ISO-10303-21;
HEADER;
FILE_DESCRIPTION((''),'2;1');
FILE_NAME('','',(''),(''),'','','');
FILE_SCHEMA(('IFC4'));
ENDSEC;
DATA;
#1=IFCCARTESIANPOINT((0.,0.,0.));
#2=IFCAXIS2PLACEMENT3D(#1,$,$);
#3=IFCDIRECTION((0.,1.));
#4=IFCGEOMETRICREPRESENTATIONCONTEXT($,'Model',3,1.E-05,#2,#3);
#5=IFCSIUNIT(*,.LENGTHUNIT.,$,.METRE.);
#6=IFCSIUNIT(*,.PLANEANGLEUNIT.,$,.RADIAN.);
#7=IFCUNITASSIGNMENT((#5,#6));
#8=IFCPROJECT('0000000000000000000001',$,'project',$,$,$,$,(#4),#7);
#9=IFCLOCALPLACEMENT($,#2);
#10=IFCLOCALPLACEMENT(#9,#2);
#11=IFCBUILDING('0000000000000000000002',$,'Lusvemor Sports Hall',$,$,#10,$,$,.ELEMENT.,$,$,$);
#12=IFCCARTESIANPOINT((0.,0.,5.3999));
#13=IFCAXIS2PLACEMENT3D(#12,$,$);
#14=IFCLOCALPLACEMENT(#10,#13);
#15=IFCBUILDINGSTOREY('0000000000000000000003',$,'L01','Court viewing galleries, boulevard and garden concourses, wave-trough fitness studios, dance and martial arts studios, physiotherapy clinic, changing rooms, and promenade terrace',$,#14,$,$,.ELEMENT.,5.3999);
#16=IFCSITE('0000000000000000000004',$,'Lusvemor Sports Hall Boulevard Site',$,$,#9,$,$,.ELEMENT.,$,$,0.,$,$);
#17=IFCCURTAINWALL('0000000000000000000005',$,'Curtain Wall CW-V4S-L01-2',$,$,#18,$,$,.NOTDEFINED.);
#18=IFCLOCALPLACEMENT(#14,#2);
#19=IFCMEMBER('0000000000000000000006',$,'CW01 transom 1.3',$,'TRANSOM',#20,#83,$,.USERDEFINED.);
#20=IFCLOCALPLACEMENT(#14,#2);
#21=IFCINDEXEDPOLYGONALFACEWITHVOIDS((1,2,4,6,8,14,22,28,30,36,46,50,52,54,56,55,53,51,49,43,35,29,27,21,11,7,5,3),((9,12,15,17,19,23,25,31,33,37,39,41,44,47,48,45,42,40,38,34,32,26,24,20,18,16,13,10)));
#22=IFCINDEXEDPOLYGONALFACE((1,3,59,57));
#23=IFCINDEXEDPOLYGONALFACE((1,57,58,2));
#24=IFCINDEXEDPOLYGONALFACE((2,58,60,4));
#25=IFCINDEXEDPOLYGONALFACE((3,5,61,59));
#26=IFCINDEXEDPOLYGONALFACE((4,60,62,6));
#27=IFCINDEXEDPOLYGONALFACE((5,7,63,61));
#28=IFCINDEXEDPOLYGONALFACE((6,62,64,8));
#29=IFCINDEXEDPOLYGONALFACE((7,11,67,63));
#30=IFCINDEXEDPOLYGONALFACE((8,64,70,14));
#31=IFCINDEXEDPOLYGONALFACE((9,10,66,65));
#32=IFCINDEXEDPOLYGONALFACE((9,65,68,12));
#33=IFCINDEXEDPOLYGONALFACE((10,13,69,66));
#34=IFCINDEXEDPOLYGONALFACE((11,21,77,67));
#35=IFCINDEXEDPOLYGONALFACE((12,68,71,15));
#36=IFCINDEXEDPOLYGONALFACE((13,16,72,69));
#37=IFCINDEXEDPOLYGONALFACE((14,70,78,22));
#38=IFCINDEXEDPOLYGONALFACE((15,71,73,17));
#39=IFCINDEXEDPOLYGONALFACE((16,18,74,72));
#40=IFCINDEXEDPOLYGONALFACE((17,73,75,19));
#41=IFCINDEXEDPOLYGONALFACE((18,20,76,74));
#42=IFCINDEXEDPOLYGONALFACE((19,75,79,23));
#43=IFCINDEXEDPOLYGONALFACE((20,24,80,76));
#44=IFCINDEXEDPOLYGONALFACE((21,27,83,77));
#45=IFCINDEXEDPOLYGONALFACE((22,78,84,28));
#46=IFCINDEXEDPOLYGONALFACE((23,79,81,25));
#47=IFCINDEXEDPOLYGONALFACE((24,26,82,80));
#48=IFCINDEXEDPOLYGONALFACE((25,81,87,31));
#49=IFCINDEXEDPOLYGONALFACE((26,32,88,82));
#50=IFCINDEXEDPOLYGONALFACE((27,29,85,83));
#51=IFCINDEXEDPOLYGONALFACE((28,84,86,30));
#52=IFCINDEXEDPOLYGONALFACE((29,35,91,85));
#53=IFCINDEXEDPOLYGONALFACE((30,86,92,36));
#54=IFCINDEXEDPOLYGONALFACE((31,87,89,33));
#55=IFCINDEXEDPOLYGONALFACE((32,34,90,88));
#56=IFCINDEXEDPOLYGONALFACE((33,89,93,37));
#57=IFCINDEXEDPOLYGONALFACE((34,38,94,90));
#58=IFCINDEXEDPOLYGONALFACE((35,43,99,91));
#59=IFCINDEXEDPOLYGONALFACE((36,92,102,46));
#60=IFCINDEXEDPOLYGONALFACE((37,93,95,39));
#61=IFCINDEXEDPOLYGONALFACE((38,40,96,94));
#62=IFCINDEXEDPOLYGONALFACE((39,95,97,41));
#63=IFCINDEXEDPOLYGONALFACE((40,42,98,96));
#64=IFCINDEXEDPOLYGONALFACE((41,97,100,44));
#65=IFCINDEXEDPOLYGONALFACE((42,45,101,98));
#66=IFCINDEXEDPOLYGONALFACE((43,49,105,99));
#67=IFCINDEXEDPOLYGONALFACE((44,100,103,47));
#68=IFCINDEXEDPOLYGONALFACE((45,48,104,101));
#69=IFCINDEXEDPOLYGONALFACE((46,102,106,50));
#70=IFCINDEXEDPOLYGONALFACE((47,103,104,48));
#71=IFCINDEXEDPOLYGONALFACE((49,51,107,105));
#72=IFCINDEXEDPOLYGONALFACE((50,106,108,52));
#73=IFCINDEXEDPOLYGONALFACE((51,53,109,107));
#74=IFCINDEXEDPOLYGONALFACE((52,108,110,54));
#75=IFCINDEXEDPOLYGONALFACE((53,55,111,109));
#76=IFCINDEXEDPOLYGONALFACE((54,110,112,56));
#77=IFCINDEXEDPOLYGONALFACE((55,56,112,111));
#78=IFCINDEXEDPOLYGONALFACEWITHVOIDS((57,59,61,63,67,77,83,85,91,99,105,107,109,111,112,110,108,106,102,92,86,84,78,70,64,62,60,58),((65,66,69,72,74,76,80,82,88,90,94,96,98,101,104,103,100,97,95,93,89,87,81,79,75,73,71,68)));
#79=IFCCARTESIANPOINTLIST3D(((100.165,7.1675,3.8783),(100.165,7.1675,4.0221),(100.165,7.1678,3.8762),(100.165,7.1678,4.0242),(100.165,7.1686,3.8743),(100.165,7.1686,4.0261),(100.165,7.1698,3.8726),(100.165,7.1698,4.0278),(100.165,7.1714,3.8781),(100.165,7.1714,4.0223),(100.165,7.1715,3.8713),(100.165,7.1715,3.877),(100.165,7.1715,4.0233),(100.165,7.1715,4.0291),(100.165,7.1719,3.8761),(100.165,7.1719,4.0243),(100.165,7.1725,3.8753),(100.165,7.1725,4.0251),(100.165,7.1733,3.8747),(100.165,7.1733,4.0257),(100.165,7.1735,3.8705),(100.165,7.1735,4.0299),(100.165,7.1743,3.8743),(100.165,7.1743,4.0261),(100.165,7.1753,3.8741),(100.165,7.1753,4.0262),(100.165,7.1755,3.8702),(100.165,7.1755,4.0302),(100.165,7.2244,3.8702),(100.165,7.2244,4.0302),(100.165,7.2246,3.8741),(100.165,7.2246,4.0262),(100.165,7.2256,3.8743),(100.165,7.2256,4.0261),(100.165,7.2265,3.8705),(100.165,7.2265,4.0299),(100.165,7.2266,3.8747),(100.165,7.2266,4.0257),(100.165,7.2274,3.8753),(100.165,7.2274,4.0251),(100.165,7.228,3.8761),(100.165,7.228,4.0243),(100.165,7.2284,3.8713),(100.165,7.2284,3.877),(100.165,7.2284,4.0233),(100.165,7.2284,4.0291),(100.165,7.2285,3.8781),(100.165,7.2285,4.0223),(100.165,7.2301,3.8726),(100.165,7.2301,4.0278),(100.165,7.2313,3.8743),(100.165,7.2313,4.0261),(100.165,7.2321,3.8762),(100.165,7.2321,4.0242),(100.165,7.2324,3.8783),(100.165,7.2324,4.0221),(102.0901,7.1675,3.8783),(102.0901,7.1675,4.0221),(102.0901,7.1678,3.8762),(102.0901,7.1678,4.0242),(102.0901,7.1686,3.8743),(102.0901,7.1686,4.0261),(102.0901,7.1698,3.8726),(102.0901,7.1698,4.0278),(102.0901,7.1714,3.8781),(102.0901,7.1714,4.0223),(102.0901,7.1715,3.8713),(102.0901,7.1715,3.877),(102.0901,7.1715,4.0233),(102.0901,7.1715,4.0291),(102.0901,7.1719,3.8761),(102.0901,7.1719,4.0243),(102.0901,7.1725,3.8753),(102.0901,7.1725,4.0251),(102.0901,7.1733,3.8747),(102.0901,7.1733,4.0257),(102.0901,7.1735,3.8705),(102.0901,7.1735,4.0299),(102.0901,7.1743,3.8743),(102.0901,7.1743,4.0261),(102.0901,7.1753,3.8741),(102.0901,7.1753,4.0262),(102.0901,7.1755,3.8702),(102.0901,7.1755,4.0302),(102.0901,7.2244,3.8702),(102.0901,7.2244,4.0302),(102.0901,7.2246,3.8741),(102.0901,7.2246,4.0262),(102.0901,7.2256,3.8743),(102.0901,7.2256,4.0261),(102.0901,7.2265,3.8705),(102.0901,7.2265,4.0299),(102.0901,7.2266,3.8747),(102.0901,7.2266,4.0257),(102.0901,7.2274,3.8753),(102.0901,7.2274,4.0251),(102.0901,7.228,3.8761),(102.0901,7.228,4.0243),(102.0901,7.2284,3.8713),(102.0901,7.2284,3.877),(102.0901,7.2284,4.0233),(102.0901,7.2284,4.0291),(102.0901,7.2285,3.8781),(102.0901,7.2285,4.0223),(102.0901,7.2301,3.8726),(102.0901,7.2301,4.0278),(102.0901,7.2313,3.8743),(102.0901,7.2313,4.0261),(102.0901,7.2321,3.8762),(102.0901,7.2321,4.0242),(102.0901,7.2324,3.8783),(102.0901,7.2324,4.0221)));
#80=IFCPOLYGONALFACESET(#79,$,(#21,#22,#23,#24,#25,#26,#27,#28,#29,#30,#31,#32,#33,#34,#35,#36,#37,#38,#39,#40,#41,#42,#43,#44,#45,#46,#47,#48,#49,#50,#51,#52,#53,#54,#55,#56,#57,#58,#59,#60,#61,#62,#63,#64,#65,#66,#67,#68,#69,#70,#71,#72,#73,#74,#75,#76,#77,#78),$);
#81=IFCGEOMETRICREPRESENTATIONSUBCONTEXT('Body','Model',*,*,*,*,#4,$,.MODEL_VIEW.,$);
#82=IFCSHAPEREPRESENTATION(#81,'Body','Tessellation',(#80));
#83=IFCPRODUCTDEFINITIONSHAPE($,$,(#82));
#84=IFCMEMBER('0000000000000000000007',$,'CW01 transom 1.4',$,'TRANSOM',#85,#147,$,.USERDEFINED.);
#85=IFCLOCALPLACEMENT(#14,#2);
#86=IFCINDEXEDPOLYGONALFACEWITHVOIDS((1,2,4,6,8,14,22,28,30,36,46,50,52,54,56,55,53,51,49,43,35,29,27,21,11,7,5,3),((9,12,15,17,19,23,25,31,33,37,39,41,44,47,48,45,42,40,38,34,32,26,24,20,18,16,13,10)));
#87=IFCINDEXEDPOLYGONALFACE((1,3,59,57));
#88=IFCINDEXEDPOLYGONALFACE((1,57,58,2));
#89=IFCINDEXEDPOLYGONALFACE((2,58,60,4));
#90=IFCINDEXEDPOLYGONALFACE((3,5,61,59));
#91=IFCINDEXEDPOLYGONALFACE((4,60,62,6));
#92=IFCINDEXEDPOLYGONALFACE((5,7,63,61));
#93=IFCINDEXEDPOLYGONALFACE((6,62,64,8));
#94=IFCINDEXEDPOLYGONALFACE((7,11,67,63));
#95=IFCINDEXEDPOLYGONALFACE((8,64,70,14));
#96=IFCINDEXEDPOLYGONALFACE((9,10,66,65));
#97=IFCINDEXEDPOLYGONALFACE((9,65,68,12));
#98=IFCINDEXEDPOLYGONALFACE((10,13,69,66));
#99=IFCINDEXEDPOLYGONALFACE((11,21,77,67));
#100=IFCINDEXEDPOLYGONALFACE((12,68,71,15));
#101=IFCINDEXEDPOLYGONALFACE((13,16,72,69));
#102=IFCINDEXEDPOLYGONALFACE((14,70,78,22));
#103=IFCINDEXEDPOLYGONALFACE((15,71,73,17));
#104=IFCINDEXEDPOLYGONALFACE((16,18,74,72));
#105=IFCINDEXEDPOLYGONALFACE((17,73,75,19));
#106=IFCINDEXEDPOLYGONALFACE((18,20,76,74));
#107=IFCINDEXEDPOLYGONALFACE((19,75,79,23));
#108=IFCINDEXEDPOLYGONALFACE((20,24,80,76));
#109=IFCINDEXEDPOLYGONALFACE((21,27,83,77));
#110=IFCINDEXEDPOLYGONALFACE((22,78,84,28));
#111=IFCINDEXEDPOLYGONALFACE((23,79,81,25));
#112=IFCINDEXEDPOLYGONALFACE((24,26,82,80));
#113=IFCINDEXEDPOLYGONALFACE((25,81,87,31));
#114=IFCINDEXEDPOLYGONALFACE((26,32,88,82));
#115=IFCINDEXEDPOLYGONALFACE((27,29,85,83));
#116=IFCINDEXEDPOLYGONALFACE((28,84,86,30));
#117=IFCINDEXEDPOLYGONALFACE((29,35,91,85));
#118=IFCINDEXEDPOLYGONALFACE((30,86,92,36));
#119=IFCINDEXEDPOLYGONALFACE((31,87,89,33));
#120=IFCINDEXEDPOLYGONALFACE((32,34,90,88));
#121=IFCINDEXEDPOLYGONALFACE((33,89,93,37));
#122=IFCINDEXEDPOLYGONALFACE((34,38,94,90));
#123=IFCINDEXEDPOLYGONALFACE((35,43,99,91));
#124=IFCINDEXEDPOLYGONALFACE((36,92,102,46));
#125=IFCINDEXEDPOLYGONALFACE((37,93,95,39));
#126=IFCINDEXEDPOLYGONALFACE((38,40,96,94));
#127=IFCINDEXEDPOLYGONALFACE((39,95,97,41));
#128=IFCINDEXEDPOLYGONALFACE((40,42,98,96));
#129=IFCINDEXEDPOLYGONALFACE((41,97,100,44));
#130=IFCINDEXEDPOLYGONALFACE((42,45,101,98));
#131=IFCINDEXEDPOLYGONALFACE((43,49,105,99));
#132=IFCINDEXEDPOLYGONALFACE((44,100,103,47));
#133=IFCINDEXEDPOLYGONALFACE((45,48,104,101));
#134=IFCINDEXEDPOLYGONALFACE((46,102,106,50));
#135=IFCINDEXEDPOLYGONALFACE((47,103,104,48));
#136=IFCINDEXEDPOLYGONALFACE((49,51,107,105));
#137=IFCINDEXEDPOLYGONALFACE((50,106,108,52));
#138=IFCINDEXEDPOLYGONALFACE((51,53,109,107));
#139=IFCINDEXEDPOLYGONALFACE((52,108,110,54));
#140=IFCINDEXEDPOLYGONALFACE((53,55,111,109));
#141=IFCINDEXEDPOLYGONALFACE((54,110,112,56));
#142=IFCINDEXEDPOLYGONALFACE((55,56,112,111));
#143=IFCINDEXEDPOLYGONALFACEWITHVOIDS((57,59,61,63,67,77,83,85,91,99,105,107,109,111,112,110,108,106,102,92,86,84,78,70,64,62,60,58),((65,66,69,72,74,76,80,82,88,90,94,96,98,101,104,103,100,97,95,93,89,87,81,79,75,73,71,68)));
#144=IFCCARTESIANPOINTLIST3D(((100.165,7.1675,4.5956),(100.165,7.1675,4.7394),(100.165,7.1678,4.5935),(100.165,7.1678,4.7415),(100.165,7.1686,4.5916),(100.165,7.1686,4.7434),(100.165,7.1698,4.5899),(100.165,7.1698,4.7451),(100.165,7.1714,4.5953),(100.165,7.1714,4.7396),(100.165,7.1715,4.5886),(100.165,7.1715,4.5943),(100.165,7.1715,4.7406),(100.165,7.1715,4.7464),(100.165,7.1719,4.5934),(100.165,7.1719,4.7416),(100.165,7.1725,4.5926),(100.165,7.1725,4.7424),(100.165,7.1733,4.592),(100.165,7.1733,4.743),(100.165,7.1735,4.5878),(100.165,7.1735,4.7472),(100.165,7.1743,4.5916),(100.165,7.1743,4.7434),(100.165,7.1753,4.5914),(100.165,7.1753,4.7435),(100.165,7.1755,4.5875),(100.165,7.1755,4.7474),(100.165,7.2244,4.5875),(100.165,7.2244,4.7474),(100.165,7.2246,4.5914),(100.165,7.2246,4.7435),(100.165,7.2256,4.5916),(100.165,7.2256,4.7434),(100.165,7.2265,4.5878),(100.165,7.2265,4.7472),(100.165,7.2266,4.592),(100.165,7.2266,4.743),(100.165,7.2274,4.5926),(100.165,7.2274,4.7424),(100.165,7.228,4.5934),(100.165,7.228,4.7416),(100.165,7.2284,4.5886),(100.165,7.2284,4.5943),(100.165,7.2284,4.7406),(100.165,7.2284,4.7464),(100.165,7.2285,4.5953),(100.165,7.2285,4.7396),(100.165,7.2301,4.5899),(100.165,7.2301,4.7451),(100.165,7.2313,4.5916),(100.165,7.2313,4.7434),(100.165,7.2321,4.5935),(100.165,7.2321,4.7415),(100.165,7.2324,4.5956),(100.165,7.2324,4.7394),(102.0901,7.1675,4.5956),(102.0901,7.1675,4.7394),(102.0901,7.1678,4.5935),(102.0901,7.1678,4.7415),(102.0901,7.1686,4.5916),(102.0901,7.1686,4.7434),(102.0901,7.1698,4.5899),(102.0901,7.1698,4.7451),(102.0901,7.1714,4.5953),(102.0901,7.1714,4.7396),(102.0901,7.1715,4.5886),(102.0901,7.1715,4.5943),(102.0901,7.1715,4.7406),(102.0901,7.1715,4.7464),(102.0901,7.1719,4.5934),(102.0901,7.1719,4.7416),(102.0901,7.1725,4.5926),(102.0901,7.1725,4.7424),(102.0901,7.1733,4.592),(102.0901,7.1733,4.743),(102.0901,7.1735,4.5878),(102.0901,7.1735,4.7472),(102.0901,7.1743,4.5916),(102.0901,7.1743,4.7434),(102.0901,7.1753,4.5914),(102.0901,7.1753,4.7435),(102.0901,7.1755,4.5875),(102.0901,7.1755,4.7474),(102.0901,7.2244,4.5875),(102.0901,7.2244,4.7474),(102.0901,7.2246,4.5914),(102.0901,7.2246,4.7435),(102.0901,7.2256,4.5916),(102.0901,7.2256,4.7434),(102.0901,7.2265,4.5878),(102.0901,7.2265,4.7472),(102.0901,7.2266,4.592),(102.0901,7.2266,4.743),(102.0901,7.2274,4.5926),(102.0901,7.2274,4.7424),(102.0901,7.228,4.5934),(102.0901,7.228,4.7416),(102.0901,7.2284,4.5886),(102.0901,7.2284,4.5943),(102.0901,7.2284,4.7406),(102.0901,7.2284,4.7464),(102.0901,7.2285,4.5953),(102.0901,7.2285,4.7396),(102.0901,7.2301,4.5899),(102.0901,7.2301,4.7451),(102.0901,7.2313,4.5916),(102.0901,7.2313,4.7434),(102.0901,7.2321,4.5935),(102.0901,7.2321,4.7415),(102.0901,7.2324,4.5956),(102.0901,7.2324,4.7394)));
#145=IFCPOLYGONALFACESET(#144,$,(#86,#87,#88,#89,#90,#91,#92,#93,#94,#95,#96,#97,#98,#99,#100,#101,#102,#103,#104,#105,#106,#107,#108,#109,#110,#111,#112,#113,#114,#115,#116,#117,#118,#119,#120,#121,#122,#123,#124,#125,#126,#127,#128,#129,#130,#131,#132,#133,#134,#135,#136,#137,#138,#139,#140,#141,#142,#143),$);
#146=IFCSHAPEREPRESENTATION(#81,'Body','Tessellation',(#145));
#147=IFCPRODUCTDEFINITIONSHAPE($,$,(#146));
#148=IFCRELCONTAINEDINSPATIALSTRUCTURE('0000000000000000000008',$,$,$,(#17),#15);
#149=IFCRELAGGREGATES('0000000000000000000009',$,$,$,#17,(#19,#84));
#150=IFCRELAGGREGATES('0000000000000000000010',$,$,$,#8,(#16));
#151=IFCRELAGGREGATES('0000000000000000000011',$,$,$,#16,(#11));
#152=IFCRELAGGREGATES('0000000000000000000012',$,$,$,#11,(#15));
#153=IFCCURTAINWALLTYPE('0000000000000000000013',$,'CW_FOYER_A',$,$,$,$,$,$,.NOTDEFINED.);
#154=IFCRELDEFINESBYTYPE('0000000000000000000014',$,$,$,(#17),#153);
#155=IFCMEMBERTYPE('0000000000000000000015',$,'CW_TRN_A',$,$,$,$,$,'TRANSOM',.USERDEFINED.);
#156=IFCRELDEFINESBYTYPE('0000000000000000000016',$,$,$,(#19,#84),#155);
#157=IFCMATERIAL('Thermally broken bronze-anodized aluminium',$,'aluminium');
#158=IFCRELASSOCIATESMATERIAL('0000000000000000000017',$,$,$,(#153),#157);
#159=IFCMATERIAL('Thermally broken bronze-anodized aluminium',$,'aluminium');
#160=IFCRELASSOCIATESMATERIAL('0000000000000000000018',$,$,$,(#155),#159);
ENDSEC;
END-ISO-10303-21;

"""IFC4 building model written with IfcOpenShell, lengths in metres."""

from ifc_helpers import new_model, si_unit, direction, frame, origin, origin_2d, place, context, subcontext, project, spatial, hollow_rectangle, extrude, material, material_profile, profile_set, type_object, element, aggregate, save


model = new_model("IFC4")

# Units and contexts
model_context = context("Model", 3, precision=1e-05, world=origin(), true_north=direction((0.0, 1.0)))
body_context = subcontext(model_context, "Body", "Model", "MODEL_VIEW")
ifc_project = project(units=[si_unit("LENGTHUNIT", "METRE"), si_unit("PLANEANGLEUNIT", "RADIAN")], contexts=[model_context])

# Site, building, storey
site_placement = place(None, origin())
site = spatial("IfcSite", under=ifc_project, at=site_placement, Name="Lusvemor Sports Hall Boulevard Site", CompositionType="ELEMENT", RefElevation=0.0)
building_placement = place(site_placement, origin())
building = spatial("IfcBuilding", under=site, at=building_placement, Name="Lusvemor Sports Hall", CompositionType="ELEMENT")
storey_placement = place(building_placement, frame((0.0, 0.0, 5.3999)))
storey = spatial("IfcBuildingStorey", under=building, at=storey_placement, Name="L01", Description="Court viewing galleries, boulevard and garden concourses, wave-trough fitness studios, dance and martial arts studios, physiotherapy clinic, changing rooms, and promenade terrace", CompositionType="ELEMENT", Elevation=5.3999)

# Curtain wall
ifc_material_1 = material(Name="Thermally broken bronze-anodized aluminium", Category="aluminium")
curtain_wall_type = type_object("IfcCurtainWallType", Name="CW_FOYER_A", PredefinedType="NOTDEFINED", material=ifc_material_1)
curtain_wall_1_placement = place(storey_placement, origin())
curtain_wall_1 = element("IfcCurtainWall", 1, at=curtain_wall_1_placement, inside=storey, type_object=curtain_wall_type, Name="Curtain Wall CW-V4S-L01-2", PredefinedType="NOTDEFINED")

# Members
ifc_material_2 = material(Name="Thermally broken bronze-anodized aluminium", Category="aluminium")
ifc_material_profile_1 = material_profile(ifc_material_2, hollow_rectangle(XDim=0.0649, YDim=0.1599, WallThickness=0.0039, InnerFilletRadius=0.0039, OuterFilletRadius=0.0081, at=origin_2d()), Name="CWTRN160x65x4")
ifc_profile_set_1 = profile_set([ifc_material_profile_1], Name="Thermally broken bronze-anodized aluminium")
member_type_1 = type_object("IfcMemberType", Name="CW_TRN_A", ElementType="TRANSOM", PredefinedType="USERDEFINED", material=ifc_profile_set_1)
member_1_placement = place(storey_placement, frame((102.0901, 7.2, 3.9502), z_axis=(-1.0, 0.0, 0.0), x_axis=(0.0, -1.0, 0.0)))
member_1 = element("IfcMember", 2, at=member_1_placement, type_object=member_type_1, Name="CW01 transom 1.3", ObjectType="TRANSOM", PredefinedType="USERDEFINED", context=body_context, shape_type="SweptSolid", body=[
    extrude(hollow_rectangle(XDim=0.0649, YDim=0.1599, WallThickness=0.0039, InnerFilletRadius=0.0039, OuterFilletRadius=0.0081, at=origin_2d()), origin(), (0.0, 0.0, 1.0), 1.925),
])
member_2_placement = place(storey_placement, frame((102.0901, 7.2, 4.6675), z_axis=(-1.0, 0.0, 0.0), x_axis=(0.0, -1.0, 0.0)))
member_2 = element("IfcMember", 3, at=member_2_placement, type_object=member_type_1, Name="CW01 transom 1.4", ObjectType="TRANSOM", PredefinedType="USERDEFINED", context=body_context, shape_type="SweptSolid", body=[
    extrude(hollow_rectangle(XDim=0.0649, YDim=0.1599, WallThickness=0.0039, InnerFilletRadius=0.0039, OuterFilletRadius=0.0081, at=origin_2d()), origin(), (0.0, 0.0, 1.0), 1.925),
])

aggregate(curtain_wall_1, [member_1, member_2])

save(model, "model.ifc")
